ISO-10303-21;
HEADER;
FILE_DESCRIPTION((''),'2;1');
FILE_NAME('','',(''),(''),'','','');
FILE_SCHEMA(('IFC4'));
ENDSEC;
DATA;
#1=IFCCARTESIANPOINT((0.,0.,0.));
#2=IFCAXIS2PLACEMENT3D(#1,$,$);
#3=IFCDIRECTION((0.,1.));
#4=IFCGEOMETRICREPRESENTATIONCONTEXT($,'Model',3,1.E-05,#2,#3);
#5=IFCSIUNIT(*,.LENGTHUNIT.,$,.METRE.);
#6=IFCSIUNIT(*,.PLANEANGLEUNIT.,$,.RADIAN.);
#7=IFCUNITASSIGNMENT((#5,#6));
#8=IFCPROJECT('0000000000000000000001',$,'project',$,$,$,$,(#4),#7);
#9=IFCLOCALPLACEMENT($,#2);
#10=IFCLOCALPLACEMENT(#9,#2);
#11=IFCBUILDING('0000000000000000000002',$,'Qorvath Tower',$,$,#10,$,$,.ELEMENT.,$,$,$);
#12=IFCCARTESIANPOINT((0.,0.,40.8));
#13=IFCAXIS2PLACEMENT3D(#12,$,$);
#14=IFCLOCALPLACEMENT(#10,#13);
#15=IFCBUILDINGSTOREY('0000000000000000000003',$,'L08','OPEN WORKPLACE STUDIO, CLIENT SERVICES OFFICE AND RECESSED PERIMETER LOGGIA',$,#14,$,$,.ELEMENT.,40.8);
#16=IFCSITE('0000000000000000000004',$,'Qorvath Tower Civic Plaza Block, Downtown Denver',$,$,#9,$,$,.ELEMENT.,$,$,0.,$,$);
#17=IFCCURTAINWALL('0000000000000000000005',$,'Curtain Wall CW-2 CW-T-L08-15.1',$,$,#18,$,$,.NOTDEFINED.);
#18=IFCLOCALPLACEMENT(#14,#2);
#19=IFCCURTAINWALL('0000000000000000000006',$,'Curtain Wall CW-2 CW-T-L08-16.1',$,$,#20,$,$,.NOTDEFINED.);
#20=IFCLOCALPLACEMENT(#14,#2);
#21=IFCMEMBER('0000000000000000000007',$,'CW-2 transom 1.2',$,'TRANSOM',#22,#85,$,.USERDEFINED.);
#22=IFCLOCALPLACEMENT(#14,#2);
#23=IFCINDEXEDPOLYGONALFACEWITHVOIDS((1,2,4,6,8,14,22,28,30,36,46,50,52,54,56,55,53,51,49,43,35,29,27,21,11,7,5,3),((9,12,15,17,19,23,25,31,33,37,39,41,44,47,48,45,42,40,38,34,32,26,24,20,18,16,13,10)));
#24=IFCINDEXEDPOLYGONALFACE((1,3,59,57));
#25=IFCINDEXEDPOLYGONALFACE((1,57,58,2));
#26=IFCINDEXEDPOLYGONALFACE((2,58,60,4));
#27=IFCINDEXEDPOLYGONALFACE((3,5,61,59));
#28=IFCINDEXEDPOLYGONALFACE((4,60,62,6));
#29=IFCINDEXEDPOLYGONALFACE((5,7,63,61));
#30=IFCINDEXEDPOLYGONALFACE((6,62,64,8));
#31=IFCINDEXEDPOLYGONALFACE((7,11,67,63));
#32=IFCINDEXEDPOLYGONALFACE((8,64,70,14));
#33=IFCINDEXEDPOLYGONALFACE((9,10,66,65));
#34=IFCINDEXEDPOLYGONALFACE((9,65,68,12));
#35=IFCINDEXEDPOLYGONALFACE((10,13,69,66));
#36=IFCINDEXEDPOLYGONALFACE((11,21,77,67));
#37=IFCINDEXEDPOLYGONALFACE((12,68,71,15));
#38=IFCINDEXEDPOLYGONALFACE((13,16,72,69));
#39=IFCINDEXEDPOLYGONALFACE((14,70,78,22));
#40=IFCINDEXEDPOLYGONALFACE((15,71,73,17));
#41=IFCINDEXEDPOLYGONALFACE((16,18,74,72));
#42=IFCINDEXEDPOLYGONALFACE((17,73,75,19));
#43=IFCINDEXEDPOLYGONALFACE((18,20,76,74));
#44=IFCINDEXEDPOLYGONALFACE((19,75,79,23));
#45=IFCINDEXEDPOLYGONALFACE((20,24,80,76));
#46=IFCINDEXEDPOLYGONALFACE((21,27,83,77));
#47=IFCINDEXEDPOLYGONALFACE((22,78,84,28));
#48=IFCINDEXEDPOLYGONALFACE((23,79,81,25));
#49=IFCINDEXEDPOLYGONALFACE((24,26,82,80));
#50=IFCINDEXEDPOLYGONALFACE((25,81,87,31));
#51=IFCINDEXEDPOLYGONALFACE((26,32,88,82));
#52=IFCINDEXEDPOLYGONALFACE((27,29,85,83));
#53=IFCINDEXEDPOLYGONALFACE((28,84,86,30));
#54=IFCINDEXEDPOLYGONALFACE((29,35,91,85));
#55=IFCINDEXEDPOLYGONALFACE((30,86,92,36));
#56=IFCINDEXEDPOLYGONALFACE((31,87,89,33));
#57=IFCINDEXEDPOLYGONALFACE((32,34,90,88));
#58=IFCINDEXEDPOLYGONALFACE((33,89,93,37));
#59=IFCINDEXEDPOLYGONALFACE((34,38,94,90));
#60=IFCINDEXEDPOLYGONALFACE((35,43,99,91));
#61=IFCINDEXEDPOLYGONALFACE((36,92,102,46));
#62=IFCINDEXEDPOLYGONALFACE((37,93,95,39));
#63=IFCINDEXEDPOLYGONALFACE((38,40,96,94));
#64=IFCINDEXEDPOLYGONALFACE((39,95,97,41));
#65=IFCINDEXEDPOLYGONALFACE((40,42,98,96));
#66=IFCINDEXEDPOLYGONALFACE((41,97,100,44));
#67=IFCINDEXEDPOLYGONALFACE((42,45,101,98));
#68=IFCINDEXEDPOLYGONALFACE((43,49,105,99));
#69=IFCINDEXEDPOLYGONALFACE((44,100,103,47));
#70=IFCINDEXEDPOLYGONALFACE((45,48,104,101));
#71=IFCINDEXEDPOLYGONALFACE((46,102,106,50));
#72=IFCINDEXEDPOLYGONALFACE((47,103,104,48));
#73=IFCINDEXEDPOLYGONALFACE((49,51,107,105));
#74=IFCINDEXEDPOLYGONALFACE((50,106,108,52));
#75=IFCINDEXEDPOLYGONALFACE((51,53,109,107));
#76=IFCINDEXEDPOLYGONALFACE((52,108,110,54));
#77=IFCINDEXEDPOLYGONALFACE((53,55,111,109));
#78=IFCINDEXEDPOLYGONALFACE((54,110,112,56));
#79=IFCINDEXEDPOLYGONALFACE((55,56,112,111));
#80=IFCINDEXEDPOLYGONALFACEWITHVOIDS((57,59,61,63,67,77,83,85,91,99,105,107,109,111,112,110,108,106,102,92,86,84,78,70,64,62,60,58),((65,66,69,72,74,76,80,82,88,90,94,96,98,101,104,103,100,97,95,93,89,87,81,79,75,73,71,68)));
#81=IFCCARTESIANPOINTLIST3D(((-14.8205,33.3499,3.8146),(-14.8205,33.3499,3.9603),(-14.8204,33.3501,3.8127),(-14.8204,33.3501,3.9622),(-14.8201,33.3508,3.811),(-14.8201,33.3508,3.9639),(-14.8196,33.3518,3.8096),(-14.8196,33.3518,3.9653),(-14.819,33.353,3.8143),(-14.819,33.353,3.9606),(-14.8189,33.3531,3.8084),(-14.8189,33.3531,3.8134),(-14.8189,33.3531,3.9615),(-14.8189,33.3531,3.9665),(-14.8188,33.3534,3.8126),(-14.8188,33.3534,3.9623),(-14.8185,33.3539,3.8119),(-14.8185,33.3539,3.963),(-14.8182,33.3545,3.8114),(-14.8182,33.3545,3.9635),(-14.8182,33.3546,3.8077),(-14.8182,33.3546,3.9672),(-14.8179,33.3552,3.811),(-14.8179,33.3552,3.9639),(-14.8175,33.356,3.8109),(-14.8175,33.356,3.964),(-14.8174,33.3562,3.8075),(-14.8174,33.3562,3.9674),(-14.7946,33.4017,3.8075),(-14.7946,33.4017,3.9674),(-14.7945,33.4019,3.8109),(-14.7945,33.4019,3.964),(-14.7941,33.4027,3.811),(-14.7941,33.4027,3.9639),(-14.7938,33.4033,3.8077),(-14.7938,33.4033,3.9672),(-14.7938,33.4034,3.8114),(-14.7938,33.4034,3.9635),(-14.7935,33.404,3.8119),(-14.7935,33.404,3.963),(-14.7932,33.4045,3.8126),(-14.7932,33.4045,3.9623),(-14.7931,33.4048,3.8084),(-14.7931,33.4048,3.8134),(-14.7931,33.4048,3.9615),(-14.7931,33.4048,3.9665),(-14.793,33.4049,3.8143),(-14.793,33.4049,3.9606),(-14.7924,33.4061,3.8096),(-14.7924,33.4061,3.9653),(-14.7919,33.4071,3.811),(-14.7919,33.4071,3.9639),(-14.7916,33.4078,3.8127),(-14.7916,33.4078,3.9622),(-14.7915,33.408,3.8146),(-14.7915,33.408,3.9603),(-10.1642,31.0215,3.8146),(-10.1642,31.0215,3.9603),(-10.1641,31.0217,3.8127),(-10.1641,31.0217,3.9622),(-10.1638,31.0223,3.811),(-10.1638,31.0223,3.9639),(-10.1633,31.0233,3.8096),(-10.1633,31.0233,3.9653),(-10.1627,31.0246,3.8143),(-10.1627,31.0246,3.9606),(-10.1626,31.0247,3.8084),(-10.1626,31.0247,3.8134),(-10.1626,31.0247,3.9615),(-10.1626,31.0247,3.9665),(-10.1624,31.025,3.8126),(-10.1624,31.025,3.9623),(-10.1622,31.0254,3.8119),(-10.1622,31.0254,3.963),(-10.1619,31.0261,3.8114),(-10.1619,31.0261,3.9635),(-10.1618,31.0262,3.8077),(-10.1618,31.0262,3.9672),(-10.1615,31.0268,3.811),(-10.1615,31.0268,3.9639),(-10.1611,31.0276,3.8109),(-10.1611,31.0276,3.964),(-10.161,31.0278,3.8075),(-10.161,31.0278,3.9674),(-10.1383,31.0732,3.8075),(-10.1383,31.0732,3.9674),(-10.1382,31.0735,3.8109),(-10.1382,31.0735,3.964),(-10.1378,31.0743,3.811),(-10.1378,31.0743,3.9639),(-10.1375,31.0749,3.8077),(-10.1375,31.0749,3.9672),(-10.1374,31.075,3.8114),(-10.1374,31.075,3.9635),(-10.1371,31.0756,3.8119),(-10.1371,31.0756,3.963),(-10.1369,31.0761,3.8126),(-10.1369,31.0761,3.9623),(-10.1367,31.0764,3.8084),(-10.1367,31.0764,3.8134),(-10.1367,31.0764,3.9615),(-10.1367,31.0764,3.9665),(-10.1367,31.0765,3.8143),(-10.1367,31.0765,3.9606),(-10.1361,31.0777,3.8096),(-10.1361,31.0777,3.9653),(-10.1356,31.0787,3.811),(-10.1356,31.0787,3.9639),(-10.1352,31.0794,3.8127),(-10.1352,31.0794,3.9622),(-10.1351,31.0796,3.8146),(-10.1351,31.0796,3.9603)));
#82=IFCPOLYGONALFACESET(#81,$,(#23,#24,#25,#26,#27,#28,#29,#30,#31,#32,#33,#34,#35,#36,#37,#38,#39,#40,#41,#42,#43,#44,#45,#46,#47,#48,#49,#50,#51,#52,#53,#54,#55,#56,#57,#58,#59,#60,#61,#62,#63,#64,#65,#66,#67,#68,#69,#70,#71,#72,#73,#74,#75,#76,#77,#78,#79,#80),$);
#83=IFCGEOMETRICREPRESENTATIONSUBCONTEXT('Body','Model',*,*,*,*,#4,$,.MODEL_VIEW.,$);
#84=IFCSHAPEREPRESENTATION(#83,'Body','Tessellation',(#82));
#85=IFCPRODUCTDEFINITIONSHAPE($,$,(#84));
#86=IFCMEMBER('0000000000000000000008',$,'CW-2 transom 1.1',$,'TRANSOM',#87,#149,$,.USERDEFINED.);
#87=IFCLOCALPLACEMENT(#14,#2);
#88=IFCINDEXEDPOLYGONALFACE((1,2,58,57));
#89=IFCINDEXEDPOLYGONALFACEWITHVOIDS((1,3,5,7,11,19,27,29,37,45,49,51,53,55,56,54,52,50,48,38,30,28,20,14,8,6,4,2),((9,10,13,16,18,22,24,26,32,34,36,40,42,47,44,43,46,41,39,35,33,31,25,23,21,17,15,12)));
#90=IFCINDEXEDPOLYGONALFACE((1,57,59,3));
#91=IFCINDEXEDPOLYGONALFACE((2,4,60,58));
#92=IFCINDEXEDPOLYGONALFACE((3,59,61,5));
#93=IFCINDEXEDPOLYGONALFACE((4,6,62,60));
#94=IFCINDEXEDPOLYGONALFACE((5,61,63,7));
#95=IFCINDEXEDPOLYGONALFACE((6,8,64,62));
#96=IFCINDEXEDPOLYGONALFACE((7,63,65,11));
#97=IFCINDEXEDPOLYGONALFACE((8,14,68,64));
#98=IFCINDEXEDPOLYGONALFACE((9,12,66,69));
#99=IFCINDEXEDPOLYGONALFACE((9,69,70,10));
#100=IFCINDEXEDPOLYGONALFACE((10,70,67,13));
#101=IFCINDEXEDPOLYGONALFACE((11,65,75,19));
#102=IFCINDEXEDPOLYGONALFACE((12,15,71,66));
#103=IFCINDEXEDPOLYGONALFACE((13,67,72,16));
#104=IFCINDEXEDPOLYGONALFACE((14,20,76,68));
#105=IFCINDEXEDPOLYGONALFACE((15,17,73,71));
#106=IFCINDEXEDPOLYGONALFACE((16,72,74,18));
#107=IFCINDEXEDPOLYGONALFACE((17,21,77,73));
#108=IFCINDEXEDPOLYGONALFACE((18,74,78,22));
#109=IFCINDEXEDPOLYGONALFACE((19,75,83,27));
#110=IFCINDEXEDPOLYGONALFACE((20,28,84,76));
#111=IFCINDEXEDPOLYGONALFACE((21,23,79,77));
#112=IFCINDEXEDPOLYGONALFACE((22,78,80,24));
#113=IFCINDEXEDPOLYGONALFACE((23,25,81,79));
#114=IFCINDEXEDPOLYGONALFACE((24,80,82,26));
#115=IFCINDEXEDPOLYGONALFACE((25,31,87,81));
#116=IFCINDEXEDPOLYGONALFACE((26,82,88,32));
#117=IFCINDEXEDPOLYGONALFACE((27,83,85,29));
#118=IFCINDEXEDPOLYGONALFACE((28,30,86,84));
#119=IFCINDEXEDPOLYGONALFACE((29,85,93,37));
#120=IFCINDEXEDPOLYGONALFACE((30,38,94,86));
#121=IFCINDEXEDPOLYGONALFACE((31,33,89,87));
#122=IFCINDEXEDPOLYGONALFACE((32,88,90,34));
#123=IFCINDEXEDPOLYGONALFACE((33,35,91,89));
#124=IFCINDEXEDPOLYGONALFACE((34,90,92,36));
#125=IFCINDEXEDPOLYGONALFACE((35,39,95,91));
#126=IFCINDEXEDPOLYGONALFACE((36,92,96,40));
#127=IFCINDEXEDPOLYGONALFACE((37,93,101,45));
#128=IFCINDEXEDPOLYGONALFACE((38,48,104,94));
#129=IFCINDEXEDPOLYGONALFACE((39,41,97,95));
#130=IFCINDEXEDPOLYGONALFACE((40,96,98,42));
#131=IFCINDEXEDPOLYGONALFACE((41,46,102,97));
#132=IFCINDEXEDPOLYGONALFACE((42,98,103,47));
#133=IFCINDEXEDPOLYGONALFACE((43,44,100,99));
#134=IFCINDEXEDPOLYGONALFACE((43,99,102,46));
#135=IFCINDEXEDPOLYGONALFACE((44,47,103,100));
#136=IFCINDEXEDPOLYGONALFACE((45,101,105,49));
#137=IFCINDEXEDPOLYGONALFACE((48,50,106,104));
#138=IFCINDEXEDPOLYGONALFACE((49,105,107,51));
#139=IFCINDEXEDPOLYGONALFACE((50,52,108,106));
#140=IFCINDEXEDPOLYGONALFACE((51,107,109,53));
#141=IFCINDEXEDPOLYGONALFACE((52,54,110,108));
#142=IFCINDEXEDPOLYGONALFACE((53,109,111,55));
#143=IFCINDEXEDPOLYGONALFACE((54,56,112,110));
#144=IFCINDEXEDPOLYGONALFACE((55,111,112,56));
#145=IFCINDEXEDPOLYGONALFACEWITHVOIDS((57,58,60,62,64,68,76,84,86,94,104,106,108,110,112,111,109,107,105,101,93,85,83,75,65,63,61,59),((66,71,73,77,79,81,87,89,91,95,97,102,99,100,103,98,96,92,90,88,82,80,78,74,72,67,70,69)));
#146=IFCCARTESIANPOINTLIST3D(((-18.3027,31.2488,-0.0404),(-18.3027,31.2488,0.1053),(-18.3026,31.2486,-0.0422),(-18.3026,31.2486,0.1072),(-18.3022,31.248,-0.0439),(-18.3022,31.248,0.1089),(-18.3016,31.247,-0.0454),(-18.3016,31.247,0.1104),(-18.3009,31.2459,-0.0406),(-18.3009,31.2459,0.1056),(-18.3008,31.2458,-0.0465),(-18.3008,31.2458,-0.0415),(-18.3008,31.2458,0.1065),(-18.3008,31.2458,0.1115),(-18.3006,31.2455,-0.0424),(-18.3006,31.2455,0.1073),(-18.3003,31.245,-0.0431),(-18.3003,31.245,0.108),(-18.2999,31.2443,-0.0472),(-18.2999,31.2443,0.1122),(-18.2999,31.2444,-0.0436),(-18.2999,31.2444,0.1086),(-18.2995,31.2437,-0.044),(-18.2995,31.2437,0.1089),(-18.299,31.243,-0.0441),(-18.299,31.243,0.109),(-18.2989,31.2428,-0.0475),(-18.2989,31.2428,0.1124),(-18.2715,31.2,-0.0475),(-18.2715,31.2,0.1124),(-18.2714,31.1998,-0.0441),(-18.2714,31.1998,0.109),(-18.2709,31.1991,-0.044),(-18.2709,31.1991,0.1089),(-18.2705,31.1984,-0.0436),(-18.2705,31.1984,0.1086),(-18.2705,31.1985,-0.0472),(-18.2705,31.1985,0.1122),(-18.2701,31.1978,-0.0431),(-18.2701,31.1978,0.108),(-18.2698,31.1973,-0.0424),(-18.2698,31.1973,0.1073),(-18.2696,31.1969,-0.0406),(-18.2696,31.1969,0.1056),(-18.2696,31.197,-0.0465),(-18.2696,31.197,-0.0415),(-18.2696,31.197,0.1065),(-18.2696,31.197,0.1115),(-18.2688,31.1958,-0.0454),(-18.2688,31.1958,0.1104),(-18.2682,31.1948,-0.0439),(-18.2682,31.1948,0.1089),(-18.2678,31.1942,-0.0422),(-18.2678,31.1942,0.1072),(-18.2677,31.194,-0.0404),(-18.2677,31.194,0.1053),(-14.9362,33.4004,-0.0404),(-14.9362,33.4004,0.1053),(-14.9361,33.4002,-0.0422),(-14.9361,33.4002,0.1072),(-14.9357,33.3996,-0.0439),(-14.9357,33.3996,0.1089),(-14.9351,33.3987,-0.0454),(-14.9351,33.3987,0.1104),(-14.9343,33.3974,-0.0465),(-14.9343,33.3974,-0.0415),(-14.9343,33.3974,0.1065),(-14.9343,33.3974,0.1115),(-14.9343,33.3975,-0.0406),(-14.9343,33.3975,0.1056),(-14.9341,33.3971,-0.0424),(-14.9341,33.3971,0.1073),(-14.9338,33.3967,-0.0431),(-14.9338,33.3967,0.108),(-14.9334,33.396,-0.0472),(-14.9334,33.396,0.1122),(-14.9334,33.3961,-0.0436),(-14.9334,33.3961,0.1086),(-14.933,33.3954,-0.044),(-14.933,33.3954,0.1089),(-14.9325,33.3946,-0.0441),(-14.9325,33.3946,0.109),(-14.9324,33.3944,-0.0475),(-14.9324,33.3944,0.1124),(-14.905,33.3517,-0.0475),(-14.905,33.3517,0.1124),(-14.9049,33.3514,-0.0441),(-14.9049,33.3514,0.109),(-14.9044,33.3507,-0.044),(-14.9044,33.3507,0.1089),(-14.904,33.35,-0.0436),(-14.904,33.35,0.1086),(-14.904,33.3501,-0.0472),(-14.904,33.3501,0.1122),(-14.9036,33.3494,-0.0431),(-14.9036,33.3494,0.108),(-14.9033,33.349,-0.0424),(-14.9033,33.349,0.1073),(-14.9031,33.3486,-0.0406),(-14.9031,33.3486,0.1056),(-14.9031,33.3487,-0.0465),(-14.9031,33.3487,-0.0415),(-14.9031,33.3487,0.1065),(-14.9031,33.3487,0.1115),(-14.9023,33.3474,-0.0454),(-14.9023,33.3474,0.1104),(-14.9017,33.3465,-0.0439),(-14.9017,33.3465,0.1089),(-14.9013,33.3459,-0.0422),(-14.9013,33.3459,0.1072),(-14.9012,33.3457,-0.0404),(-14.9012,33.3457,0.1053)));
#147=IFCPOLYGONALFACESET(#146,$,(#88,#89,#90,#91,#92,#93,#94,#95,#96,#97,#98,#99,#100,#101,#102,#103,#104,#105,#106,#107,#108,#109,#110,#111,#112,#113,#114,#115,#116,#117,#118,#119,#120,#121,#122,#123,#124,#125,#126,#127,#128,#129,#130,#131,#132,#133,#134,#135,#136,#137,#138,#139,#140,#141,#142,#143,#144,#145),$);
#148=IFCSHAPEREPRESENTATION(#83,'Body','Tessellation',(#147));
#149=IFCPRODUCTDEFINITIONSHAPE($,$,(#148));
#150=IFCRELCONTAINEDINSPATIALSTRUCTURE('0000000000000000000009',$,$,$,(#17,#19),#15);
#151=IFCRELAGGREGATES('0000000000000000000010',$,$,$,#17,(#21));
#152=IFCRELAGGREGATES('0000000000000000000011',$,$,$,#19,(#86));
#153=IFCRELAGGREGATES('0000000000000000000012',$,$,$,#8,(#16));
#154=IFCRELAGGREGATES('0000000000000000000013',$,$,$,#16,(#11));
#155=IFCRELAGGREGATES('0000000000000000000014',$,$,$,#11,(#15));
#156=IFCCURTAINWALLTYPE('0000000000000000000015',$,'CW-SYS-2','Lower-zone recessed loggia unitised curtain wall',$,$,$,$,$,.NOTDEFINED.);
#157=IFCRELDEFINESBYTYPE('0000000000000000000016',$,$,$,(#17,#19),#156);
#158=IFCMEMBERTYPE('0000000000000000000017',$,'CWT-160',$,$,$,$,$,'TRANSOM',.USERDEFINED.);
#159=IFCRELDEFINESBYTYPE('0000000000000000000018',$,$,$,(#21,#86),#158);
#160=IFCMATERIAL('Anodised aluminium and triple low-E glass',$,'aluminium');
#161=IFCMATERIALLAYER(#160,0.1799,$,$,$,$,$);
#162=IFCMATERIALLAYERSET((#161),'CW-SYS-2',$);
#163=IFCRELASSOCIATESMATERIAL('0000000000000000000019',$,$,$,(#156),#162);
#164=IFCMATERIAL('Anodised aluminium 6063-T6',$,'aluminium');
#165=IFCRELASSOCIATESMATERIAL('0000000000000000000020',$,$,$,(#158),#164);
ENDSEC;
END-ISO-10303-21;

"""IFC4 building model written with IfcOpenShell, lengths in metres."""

from ifc_helpers import new_model, si_unit, direction, frame, origin, origin_2d, place, context, subcontext, project, spatial, hollow_rectangle, extrude, material, layer, layer_set, material_profile, profile_set, type_object, element, aggregate, save


model = new_model("IFC4")

# Units and contexts
model_context = context("Model", 3, precision=1e-05, world=origin(), true_north=direction((0.0, 1.0)))
body_context = subcontext(model_context, "Body", "Model", "MODEL_VIEW")
ifc_project = project(units=[si_unit("LENGTHUNIT", "METRE"), si_unit("PLANEANGLEUNIT", "RADIAN")], contexts=[model_context])

# Site, building, storey
site_placement = place(None, origin())
site = spatial("IfcSite", under=ifc_project, at=site_placement, Name="Qorvath Tower Civic Plaza Block, Downtown Denver", CompositionType="ELEMENT", RefElevation=0.0)
building_placement = place(site_placement, origin())
building = spatial("IfcBuilding", under=site, at=building_placement, Name="Qorvath Tower", CompositionType="ELEMENT")
storey_placement = place(building_placement, frame((0.0, 0.0, 40.8)))
storey = spatial("IfcBuildingStorey", under=building, at=storey_placement, Name="L08", Description="OPEN WORKPLACE STUDIO, CLIENT SERVICES OFFICE AND RECESSED PERIMETER LOGGIA", CompositionType="ELEMENT", Elevation=40.8)

# Curtain walls
ifc_material_1 = material(Name="Anodised aluminium and triple low-E glass", Category="aluminium")
ifc_layer_1 = layer(ifc_material_1, 0.1799)
ifc_layer_set_1 = layer_set([ifc_layer_1], Name="CW-SYS-2")
curtain_wall_type = type_object("IfcCurtainWallType", Name="CW-SYS-2", Description="Lower-zone recessed loggia unitised curtain wall", PredefinedType="NOTDEFINED", material=ifc_layer_set_1)
curtain_wall_1_placement = place(storey_placement, origin())
curtain_wall_1 = element("IfcCurtainWall", 1, at=curtain_wall_1_placement, inside=storey, type_object=curtain_wall_type, Name="Curtain Wall CW-2 CW-T-L08-15.1", PredefinedType="NOTDEFINED")
curtain_wall_2_placement = place(storey_placement, origin())
curtain_wall_2 = element("IfcCurtainWall", 2, at=curtain_wall_2_placement, inside=storey, type_object=curtain_wall_type, Name="Curtain Wall CW-2 CW-T-L08-16.1", PredefinedType="NOTDEFINED")

# Members
ifc_material_2 = material(Name="Anodised aluminium 6063-T6", Category="aluminium")
ifc_material_profile_1 = material_profile(ifc_material_2, hollow_rectangle(XDim=0.0649, YDim=0.1599, WallThickness=0.0034, InnerFilletRadius=0.0034, OuterFilletRadius=0.0071, at=origin_2d()), Name="CWT 160x65")
ifc_profile_set_1 = profile_set([ifc_material_profile_1], Name="Anodised aluminium 6063-T6")
member_type_1 = type_object("IfcMemberType", Name="CWT-160", ElementType="TRANSOM", PredefinedType="USERDEFINED", material=ifc_profile_set_1)
member_1_placement = place(storey_placement, frame((-10.1497, 31.0505, 3.8875), z_axis=(-0.894408, 0.447251, 0.0), x_axis=(-0.447251, -0.894408, 0.0)))
member_1 = element("IfcMember", 3, at=member_1_placement, type_object=member_type_1, Name="CW-2 transom 1.2", ObjectType="TRANSOM", PredefinedType="USERDEFINED", context=body_context, shape_type="SweptSolid", body=[
    extrude(hollow_rectangle(XDim=0.0649, YDim=0.1599, WallThickness=0.0034, InnerFilletRadius=0.0034, OuterFilletRadius=0.0071, at=origin_2d()), origin(), (0.0, 0.0, 1.0), 5.2061),
])
member_2_placement = place(storey_placement, frame((-14.9187, 33.373, 0.0325), z_axis=(-0.842603, -0.538535, 0.0), x_axis=(0.538535, -0.842603, 0.0)))
member_2 = element("IfcMember", 4, at=member_2_placement, type_object=member_type_1, Name="CW-2 transom 1.1", ObjectType="TRANSOM", PredefinedType="USERDEFINED", context=body_context, shape_type="SweptSolid", body=[
    extrude(hollow_rectangle(XDim=0.0649, YDim=0.1599, WallThickness=0.0034, InnerFilletRadius=0.0034, OuterFilletRadius=0.0071, at=origin_2d()), origin(), (0.0, 0.0, 1.0), 3.9954),
])

aggregate(curtain_wall_1, [member_1])
aggregate(curtain_wall_2, [member_2])

save(model, "model.ifc")
